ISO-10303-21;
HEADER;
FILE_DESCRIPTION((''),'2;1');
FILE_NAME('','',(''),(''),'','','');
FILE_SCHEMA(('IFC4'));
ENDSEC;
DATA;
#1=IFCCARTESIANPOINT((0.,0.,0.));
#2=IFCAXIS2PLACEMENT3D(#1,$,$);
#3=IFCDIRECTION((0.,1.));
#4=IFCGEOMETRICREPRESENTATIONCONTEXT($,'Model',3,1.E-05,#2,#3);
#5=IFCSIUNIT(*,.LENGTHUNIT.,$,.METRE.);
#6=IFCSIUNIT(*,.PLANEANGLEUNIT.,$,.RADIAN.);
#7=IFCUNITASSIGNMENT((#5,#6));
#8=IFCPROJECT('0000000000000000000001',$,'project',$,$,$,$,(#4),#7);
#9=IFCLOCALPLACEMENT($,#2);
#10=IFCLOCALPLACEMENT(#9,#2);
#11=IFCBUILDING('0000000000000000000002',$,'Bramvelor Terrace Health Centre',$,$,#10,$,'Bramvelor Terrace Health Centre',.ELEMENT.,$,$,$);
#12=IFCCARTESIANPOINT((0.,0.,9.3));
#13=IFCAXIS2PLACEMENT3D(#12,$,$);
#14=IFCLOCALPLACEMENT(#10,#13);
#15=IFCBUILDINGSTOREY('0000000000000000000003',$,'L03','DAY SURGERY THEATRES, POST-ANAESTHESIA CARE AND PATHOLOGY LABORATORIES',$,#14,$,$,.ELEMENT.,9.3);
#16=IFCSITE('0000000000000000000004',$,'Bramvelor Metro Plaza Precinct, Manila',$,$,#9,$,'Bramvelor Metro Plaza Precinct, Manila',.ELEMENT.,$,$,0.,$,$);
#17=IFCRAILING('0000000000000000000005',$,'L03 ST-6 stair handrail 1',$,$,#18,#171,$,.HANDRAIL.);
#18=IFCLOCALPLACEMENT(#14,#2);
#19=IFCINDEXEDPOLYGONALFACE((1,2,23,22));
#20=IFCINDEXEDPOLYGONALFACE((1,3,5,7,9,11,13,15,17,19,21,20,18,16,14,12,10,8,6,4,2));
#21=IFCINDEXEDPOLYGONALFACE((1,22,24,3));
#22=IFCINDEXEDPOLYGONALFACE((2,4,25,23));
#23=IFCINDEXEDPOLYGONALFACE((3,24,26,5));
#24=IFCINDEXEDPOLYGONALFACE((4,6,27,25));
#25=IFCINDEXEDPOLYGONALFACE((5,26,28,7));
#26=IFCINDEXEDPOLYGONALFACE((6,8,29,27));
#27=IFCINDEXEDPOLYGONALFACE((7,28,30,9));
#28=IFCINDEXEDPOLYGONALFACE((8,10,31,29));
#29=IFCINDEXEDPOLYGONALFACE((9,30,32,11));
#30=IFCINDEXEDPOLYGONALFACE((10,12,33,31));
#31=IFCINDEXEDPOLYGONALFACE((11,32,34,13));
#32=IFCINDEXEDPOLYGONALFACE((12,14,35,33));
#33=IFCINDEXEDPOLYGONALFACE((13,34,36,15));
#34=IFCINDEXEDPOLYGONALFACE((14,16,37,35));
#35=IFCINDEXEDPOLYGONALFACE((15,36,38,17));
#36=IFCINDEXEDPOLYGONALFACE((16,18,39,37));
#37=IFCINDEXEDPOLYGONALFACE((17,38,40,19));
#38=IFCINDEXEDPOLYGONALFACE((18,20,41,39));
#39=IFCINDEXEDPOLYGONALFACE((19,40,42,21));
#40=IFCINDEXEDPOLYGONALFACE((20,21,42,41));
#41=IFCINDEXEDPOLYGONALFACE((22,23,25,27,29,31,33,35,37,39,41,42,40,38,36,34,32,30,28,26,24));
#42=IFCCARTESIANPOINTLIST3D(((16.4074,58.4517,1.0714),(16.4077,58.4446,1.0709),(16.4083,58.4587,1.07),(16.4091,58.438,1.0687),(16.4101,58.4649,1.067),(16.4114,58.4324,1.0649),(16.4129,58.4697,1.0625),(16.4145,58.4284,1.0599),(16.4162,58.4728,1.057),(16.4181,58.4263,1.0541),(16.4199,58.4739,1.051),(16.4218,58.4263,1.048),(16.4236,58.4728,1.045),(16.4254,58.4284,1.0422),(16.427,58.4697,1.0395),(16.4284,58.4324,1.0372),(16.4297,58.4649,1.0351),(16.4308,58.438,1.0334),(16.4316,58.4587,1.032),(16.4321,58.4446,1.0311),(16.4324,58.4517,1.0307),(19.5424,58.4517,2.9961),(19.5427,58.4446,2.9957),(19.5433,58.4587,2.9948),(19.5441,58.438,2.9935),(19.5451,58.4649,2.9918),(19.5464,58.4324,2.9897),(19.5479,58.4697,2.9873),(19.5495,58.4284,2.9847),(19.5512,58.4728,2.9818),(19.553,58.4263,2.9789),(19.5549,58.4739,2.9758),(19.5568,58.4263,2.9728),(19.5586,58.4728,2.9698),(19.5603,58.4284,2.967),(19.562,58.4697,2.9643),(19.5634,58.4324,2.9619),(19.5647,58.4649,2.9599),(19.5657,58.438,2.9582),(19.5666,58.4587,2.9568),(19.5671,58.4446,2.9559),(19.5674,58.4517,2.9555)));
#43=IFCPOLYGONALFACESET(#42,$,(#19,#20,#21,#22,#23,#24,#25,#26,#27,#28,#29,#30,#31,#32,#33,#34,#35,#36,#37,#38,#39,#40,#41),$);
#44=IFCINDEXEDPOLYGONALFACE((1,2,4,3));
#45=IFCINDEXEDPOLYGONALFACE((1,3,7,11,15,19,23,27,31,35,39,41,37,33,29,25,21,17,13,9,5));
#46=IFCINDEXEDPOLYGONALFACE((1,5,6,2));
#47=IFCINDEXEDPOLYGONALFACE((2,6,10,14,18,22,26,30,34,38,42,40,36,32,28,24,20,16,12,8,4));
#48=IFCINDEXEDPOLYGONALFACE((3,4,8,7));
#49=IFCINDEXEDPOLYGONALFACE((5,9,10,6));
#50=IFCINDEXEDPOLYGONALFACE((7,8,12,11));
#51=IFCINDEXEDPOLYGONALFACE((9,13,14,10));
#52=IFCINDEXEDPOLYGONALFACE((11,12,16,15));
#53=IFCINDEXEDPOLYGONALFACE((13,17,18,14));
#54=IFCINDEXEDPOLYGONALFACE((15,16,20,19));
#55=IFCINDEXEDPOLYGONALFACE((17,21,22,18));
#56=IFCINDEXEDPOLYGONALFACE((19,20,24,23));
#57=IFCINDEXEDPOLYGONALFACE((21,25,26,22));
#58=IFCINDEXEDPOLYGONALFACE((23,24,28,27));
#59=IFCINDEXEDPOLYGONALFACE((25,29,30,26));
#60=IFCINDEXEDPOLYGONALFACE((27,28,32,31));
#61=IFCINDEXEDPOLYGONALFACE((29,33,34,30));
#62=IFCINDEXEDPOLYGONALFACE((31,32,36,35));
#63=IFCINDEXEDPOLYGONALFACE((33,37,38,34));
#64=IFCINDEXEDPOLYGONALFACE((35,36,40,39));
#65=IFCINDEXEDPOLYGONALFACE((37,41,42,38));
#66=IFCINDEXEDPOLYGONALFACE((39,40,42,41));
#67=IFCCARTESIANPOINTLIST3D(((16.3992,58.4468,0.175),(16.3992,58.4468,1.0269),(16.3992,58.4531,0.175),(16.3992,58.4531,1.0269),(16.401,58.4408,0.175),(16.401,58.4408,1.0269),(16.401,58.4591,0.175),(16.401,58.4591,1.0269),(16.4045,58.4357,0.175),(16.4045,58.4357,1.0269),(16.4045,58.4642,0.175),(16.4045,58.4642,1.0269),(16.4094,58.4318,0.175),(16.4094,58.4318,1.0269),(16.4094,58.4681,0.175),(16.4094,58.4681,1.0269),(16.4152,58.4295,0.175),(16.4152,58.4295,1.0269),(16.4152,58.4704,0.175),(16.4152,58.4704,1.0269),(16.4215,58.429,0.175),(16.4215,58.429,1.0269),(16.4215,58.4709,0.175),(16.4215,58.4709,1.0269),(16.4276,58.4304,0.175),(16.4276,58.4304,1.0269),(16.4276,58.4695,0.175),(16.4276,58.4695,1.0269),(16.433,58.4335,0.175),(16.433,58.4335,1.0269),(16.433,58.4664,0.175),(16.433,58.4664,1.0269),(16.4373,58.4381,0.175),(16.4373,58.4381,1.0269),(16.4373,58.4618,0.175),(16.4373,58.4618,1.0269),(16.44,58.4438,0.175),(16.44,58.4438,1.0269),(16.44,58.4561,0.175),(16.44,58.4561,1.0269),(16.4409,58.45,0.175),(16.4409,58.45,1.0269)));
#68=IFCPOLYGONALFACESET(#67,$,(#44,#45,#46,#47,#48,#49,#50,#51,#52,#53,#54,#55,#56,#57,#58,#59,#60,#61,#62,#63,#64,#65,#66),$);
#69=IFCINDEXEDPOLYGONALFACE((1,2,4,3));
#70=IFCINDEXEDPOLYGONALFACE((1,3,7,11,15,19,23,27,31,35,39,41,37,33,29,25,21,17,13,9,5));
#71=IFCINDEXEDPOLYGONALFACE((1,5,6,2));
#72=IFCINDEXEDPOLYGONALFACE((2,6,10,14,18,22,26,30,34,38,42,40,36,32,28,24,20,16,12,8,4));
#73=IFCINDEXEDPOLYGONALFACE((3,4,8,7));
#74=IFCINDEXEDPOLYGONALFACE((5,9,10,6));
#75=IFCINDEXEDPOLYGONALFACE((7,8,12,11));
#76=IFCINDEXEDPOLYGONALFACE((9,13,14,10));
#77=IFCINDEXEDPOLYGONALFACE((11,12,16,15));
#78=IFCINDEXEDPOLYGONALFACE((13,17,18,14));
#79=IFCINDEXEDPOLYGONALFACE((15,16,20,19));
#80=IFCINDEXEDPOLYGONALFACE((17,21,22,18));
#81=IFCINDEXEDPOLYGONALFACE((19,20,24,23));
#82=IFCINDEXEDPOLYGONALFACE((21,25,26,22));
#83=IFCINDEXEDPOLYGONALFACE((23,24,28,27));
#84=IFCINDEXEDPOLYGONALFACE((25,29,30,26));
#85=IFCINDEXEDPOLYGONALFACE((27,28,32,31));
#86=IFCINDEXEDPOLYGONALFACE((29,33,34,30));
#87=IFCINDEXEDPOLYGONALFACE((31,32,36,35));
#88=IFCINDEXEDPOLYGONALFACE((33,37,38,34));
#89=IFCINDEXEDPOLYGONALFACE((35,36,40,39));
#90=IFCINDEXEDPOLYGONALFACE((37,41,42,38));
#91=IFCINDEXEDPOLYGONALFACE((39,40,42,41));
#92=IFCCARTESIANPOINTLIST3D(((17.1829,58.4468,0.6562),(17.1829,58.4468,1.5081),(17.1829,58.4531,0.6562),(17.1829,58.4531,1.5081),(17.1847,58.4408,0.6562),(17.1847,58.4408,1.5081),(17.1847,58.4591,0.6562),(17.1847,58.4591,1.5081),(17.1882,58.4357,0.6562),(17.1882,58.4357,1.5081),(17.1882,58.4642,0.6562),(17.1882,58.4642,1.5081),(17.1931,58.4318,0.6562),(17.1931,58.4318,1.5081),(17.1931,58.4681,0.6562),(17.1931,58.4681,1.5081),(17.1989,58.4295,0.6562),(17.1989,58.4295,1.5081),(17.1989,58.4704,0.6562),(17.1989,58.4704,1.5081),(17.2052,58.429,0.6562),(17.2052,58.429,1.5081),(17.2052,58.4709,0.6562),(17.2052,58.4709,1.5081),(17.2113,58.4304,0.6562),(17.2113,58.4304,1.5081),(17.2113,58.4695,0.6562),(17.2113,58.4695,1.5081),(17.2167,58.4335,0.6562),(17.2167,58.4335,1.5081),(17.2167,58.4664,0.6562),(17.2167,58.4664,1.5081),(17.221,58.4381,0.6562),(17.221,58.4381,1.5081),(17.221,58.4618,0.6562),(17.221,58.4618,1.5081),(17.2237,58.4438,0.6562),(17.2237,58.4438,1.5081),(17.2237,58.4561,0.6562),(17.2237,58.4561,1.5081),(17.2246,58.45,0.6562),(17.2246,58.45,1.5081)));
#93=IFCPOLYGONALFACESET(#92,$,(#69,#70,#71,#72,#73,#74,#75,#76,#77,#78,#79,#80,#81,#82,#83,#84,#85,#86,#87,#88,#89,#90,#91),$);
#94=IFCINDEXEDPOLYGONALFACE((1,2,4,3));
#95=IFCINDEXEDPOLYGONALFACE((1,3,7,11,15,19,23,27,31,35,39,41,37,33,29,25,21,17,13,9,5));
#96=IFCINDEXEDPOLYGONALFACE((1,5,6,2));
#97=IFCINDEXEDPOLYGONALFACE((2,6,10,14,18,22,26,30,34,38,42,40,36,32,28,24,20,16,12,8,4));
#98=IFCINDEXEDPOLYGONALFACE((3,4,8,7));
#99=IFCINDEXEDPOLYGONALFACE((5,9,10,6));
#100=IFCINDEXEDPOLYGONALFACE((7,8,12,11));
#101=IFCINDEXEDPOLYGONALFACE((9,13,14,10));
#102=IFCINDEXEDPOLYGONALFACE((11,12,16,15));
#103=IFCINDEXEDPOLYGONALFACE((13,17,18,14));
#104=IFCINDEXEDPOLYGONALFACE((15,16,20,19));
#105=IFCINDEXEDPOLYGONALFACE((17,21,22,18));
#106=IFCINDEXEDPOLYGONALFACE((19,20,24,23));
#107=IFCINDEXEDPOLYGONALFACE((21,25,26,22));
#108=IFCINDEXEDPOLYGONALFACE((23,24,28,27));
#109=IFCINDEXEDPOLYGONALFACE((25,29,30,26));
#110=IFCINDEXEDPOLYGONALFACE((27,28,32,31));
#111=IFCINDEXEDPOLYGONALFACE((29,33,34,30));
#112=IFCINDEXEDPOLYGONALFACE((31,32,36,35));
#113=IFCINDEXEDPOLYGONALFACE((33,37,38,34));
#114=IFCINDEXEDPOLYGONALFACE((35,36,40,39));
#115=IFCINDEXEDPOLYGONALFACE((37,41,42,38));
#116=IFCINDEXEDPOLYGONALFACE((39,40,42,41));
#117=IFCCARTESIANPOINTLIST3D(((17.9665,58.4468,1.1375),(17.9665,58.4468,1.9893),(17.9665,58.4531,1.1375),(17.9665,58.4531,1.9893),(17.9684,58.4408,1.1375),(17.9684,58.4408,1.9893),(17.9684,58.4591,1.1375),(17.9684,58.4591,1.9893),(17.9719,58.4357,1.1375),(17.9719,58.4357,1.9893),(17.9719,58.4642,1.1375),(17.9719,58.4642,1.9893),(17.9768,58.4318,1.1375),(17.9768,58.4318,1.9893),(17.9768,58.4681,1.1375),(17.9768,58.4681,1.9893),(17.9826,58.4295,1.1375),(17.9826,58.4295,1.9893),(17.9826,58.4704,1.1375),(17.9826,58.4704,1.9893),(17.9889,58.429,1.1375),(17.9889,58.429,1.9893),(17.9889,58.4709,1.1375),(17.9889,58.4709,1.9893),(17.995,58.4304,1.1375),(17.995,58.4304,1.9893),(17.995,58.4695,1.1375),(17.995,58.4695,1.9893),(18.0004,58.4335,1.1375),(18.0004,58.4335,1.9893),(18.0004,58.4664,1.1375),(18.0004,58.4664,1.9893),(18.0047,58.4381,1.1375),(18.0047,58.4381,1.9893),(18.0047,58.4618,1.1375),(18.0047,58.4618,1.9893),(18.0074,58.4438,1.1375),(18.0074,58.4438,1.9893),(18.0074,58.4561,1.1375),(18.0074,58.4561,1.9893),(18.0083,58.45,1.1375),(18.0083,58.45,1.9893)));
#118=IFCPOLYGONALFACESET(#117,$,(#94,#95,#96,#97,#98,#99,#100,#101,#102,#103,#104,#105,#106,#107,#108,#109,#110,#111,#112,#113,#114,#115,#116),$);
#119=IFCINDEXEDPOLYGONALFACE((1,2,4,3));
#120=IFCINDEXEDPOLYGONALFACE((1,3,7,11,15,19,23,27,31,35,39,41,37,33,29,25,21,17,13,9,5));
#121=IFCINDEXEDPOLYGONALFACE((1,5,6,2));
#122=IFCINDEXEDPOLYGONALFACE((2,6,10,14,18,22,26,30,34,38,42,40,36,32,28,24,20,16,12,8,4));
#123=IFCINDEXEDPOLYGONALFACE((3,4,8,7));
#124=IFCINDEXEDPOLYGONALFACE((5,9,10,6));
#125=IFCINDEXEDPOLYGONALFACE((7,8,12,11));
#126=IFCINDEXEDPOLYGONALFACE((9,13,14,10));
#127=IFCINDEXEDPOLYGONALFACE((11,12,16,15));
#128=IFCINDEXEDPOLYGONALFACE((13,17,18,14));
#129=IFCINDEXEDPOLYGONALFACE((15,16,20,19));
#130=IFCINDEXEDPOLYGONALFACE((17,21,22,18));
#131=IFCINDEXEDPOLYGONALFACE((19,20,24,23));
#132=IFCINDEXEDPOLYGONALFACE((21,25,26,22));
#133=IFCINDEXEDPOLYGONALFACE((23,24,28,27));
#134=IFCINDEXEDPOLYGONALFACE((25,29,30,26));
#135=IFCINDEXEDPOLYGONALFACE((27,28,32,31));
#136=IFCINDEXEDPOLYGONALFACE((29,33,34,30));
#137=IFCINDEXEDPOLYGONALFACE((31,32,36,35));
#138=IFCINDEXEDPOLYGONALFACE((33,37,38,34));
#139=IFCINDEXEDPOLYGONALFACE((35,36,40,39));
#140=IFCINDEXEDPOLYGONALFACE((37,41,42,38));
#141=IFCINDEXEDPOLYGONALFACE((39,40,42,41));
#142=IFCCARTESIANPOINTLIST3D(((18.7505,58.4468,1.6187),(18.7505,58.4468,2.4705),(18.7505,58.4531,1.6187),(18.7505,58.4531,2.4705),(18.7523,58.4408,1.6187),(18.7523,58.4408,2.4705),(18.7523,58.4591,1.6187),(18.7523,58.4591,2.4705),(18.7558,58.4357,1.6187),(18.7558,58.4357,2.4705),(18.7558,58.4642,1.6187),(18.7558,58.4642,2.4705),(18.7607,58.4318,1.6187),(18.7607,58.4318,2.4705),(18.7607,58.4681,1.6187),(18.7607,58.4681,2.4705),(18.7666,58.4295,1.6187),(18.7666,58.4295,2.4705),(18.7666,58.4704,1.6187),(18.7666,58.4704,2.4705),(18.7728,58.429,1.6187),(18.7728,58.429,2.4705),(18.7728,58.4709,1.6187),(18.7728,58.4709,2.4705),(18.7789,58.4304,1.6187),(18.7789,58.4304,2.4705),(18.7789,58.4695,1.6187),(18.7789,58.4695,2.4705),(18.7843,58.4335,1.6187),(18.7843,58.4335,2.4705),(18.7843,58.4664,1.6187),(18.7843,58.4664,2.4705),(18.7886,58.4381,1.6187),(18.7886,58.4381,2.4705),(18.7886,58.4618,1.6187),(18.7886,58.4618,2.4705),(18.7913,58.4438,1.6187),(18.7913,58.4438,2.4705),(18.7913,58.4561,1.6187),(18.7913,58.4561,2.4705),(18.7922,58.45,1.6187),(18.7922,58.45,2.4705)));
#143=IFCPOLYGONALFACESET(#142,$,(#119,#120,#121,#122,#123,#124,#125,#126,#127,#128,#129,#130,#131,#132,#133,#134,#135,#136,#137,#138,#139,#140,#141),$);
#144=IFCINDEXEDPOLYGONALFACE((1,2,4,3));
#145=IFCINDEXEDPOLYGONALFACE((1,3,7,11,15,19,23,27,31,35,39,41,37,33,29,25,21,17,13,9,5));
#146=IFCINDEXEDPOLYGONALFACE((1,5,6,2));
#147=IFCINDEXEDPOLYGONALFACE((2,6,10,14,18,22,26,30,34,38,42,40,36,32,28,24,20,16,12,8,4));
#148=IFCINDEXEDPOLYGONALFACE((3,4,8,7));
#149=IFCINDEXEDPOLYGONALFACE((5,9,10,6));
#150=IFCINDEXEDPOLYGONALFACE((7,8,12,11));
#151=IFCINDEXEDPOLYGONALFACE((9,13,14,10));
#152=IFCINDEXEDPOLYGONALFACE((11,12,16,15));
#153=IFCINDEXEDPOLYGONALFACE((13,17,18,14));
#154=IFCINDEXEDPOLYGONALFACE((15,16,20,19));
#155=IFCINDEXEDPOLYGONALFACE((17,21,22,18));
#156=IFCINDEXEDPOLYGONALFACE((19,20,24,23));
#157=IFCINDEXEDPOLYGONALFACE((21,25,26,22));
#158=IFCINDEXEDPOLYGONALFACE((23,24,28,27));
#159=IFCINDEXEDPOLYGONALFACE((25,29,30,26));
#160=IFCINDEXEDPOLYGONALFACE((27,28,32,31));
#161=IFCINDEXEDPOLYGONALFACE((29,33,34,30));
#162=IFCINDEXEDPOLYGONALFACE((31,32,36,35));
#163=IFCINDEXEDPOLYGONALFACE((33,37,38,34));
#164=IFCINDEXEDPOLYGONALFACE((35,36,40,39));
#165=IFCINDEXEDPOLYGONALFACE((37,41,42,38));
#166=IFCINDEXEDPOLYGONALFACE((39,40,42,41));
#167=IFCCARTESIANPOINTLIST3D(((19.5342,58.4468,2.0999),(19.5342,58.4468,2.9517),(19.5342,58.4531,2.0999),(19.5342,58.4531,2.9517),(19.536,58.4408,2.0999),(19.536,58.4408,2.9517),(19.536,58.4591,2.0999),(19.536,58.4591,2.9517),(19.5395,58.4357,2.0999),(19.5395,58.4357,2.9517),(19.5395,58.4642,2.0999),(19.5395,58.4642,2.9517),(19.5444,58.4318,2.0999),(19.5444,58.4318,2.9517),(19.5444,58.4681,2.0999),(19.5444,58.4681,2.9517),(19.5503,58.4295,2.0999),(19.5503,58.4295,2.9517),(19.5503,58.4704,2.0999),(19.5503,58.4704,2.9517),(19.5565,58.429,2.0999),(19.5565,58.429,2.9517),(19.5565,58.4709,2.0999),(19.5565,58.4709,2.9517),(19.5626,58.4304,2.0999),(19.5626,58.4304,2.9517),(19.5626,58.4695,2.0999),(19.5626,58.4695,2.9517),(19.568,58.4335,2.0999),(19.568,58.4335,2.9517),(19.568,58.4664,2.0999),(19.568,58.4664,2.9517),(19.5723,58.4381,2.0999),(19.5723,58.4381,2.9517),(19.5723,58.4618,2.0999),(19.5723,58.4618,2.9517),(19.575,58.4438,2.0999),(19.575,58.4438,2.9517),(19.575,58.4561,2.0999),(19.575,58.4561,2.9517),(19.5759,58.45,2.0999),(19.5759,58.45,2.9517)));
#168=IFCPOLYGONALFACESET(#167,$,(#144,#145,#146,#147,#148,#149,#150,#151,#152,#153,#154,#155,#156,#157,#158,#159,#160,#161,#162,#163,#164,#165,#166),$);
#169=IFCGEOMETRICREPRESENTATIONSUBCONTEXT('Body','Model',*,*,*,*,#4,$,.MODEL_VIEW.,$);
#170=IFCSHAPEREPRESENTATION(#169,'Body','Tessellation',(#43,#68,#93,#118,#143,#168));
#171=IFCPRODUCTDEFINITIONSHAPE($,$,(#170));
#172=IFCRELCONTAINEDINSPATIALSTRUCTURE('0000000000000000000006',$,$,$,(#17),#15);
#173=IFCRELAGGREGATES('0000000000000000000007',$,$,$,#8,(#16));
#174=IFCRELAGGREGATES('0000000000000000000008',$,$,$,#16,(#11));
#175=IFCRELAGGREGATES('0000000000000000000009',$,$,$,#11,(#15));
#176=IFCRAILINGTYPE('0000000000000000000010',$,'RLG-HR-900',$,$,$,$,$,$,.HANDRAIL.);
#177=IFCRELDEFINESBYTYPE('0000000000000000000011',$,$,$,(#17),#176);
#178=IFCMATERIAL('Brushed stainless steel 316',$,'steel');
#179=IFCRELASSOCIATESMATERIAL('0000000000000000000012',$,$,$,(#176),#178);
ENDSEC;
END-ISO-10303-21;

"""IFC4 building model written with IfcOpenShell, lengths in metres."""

from ifc_helpers import new_model, si_unit, direction, frame, origin, origin_2d, place, context, subcontext, project, spatial, circle, extrude, material, type_object, element, save


model = new_model("IFC4")

# Units and contexts
model_context = context("Model", 3, precision=1e-05, world=origin(), true_north=direction((0.0, 1.0)))
body_context = subcontext(model_context, "Body", "Model", "MODEL_VIEW")
ifc_project = project(units=[si_unit("LENGTHUNIT", "METRE"), si_unit("PLANEANGLEUNIT", "RADIAN")], contexts=[model_context])

# Site, building, storey
site_placement = place(None, origin())
site = spatial("IfcSite", under=ifc_project, at=site_placement, Name="Bramvelor Metro Plaza Precinct, Manila", LongName="Bramvelor Metro Plaza Precinct, Manila", CompositionType="ELEMENT", RefElevation=0.0)
building_placement = place(site_placement, origin())
building = spatial("IfcBuilding", under=site, at=building_placement, Name="Bramvelor Terrace Health Centre", LongName="Bramvelor Terrace Health Centre", CompositionType="ELEMENT")
storey_placement = place(building_placement, frame((0.0, 0.0, 9.3)))
storey = spatial("IfcBuildingStorey", under=building, at=storey_placement, Name="L03", Description="DAY SURGERY THEATRES, POST-ANAESTHESIA CARE AND PATHOLOGY LABORATORIES", CompositionType="ELEMENT", Elevation=9.3)

# Railing
ifc_material_1 = material(Name="Brushed stainless steel 316", Category="steel")
railing_type_1 = type_object("IfcRailingType", Name="RLG-HR-900", PredefinedType="HANDRAIL", material=ifc_material_1)
railing_1_placement = place(storey_placement, frame((16.4199, 58.45, 0.175)))
element("IfcRailing", 1, at=railing_1_placement, inside=storey, type_object=railing_type_1, Name="L03 ST-6 stair handrail 1", PredefinedType="HANDRAIL", context=body_context, shape_type="SweptSolid", body=[
    extrude(circle(Radius=0.0239, at=origin_2d()), frame((0.0, 0.0, 0.876), z_axis=(0.852196, 0.0, 0.523223), x_axis=(0.0, 1.0, 0.0)), (0.0, 0.0, 1.0), 3.6787),
    extrude(circle(Radius=0.021, at=origin_2d()), origin(), (0.0, 0.0, 1.0), 0.8518),
    extrude(circle(Radius=0.021, at=origin_2d()), frame((0.7837, 0.0, 0.4812)), (0.0, 0.0, 1.0), 0.8518),
    extrude(circle(Radius=0.021, at=origin_2d()), frame((1.5674, 0.0, 0.9624)), (0.0, 0.0, 1.0), 0.8518),
    extrude(circle(Radius=0.021, at=origin_2d()), frame((2.3513, 0.0, 1.4436)), (0.0, 0.0, 1.0), 0.8518),
    extrude(circle(Radius=0.021, at=origin_2d()), frame((3.135, 0.0, 1.9248)), (0.0, 0.0, 1.0), 0.8518),
])

save(model, "model.ifc")
